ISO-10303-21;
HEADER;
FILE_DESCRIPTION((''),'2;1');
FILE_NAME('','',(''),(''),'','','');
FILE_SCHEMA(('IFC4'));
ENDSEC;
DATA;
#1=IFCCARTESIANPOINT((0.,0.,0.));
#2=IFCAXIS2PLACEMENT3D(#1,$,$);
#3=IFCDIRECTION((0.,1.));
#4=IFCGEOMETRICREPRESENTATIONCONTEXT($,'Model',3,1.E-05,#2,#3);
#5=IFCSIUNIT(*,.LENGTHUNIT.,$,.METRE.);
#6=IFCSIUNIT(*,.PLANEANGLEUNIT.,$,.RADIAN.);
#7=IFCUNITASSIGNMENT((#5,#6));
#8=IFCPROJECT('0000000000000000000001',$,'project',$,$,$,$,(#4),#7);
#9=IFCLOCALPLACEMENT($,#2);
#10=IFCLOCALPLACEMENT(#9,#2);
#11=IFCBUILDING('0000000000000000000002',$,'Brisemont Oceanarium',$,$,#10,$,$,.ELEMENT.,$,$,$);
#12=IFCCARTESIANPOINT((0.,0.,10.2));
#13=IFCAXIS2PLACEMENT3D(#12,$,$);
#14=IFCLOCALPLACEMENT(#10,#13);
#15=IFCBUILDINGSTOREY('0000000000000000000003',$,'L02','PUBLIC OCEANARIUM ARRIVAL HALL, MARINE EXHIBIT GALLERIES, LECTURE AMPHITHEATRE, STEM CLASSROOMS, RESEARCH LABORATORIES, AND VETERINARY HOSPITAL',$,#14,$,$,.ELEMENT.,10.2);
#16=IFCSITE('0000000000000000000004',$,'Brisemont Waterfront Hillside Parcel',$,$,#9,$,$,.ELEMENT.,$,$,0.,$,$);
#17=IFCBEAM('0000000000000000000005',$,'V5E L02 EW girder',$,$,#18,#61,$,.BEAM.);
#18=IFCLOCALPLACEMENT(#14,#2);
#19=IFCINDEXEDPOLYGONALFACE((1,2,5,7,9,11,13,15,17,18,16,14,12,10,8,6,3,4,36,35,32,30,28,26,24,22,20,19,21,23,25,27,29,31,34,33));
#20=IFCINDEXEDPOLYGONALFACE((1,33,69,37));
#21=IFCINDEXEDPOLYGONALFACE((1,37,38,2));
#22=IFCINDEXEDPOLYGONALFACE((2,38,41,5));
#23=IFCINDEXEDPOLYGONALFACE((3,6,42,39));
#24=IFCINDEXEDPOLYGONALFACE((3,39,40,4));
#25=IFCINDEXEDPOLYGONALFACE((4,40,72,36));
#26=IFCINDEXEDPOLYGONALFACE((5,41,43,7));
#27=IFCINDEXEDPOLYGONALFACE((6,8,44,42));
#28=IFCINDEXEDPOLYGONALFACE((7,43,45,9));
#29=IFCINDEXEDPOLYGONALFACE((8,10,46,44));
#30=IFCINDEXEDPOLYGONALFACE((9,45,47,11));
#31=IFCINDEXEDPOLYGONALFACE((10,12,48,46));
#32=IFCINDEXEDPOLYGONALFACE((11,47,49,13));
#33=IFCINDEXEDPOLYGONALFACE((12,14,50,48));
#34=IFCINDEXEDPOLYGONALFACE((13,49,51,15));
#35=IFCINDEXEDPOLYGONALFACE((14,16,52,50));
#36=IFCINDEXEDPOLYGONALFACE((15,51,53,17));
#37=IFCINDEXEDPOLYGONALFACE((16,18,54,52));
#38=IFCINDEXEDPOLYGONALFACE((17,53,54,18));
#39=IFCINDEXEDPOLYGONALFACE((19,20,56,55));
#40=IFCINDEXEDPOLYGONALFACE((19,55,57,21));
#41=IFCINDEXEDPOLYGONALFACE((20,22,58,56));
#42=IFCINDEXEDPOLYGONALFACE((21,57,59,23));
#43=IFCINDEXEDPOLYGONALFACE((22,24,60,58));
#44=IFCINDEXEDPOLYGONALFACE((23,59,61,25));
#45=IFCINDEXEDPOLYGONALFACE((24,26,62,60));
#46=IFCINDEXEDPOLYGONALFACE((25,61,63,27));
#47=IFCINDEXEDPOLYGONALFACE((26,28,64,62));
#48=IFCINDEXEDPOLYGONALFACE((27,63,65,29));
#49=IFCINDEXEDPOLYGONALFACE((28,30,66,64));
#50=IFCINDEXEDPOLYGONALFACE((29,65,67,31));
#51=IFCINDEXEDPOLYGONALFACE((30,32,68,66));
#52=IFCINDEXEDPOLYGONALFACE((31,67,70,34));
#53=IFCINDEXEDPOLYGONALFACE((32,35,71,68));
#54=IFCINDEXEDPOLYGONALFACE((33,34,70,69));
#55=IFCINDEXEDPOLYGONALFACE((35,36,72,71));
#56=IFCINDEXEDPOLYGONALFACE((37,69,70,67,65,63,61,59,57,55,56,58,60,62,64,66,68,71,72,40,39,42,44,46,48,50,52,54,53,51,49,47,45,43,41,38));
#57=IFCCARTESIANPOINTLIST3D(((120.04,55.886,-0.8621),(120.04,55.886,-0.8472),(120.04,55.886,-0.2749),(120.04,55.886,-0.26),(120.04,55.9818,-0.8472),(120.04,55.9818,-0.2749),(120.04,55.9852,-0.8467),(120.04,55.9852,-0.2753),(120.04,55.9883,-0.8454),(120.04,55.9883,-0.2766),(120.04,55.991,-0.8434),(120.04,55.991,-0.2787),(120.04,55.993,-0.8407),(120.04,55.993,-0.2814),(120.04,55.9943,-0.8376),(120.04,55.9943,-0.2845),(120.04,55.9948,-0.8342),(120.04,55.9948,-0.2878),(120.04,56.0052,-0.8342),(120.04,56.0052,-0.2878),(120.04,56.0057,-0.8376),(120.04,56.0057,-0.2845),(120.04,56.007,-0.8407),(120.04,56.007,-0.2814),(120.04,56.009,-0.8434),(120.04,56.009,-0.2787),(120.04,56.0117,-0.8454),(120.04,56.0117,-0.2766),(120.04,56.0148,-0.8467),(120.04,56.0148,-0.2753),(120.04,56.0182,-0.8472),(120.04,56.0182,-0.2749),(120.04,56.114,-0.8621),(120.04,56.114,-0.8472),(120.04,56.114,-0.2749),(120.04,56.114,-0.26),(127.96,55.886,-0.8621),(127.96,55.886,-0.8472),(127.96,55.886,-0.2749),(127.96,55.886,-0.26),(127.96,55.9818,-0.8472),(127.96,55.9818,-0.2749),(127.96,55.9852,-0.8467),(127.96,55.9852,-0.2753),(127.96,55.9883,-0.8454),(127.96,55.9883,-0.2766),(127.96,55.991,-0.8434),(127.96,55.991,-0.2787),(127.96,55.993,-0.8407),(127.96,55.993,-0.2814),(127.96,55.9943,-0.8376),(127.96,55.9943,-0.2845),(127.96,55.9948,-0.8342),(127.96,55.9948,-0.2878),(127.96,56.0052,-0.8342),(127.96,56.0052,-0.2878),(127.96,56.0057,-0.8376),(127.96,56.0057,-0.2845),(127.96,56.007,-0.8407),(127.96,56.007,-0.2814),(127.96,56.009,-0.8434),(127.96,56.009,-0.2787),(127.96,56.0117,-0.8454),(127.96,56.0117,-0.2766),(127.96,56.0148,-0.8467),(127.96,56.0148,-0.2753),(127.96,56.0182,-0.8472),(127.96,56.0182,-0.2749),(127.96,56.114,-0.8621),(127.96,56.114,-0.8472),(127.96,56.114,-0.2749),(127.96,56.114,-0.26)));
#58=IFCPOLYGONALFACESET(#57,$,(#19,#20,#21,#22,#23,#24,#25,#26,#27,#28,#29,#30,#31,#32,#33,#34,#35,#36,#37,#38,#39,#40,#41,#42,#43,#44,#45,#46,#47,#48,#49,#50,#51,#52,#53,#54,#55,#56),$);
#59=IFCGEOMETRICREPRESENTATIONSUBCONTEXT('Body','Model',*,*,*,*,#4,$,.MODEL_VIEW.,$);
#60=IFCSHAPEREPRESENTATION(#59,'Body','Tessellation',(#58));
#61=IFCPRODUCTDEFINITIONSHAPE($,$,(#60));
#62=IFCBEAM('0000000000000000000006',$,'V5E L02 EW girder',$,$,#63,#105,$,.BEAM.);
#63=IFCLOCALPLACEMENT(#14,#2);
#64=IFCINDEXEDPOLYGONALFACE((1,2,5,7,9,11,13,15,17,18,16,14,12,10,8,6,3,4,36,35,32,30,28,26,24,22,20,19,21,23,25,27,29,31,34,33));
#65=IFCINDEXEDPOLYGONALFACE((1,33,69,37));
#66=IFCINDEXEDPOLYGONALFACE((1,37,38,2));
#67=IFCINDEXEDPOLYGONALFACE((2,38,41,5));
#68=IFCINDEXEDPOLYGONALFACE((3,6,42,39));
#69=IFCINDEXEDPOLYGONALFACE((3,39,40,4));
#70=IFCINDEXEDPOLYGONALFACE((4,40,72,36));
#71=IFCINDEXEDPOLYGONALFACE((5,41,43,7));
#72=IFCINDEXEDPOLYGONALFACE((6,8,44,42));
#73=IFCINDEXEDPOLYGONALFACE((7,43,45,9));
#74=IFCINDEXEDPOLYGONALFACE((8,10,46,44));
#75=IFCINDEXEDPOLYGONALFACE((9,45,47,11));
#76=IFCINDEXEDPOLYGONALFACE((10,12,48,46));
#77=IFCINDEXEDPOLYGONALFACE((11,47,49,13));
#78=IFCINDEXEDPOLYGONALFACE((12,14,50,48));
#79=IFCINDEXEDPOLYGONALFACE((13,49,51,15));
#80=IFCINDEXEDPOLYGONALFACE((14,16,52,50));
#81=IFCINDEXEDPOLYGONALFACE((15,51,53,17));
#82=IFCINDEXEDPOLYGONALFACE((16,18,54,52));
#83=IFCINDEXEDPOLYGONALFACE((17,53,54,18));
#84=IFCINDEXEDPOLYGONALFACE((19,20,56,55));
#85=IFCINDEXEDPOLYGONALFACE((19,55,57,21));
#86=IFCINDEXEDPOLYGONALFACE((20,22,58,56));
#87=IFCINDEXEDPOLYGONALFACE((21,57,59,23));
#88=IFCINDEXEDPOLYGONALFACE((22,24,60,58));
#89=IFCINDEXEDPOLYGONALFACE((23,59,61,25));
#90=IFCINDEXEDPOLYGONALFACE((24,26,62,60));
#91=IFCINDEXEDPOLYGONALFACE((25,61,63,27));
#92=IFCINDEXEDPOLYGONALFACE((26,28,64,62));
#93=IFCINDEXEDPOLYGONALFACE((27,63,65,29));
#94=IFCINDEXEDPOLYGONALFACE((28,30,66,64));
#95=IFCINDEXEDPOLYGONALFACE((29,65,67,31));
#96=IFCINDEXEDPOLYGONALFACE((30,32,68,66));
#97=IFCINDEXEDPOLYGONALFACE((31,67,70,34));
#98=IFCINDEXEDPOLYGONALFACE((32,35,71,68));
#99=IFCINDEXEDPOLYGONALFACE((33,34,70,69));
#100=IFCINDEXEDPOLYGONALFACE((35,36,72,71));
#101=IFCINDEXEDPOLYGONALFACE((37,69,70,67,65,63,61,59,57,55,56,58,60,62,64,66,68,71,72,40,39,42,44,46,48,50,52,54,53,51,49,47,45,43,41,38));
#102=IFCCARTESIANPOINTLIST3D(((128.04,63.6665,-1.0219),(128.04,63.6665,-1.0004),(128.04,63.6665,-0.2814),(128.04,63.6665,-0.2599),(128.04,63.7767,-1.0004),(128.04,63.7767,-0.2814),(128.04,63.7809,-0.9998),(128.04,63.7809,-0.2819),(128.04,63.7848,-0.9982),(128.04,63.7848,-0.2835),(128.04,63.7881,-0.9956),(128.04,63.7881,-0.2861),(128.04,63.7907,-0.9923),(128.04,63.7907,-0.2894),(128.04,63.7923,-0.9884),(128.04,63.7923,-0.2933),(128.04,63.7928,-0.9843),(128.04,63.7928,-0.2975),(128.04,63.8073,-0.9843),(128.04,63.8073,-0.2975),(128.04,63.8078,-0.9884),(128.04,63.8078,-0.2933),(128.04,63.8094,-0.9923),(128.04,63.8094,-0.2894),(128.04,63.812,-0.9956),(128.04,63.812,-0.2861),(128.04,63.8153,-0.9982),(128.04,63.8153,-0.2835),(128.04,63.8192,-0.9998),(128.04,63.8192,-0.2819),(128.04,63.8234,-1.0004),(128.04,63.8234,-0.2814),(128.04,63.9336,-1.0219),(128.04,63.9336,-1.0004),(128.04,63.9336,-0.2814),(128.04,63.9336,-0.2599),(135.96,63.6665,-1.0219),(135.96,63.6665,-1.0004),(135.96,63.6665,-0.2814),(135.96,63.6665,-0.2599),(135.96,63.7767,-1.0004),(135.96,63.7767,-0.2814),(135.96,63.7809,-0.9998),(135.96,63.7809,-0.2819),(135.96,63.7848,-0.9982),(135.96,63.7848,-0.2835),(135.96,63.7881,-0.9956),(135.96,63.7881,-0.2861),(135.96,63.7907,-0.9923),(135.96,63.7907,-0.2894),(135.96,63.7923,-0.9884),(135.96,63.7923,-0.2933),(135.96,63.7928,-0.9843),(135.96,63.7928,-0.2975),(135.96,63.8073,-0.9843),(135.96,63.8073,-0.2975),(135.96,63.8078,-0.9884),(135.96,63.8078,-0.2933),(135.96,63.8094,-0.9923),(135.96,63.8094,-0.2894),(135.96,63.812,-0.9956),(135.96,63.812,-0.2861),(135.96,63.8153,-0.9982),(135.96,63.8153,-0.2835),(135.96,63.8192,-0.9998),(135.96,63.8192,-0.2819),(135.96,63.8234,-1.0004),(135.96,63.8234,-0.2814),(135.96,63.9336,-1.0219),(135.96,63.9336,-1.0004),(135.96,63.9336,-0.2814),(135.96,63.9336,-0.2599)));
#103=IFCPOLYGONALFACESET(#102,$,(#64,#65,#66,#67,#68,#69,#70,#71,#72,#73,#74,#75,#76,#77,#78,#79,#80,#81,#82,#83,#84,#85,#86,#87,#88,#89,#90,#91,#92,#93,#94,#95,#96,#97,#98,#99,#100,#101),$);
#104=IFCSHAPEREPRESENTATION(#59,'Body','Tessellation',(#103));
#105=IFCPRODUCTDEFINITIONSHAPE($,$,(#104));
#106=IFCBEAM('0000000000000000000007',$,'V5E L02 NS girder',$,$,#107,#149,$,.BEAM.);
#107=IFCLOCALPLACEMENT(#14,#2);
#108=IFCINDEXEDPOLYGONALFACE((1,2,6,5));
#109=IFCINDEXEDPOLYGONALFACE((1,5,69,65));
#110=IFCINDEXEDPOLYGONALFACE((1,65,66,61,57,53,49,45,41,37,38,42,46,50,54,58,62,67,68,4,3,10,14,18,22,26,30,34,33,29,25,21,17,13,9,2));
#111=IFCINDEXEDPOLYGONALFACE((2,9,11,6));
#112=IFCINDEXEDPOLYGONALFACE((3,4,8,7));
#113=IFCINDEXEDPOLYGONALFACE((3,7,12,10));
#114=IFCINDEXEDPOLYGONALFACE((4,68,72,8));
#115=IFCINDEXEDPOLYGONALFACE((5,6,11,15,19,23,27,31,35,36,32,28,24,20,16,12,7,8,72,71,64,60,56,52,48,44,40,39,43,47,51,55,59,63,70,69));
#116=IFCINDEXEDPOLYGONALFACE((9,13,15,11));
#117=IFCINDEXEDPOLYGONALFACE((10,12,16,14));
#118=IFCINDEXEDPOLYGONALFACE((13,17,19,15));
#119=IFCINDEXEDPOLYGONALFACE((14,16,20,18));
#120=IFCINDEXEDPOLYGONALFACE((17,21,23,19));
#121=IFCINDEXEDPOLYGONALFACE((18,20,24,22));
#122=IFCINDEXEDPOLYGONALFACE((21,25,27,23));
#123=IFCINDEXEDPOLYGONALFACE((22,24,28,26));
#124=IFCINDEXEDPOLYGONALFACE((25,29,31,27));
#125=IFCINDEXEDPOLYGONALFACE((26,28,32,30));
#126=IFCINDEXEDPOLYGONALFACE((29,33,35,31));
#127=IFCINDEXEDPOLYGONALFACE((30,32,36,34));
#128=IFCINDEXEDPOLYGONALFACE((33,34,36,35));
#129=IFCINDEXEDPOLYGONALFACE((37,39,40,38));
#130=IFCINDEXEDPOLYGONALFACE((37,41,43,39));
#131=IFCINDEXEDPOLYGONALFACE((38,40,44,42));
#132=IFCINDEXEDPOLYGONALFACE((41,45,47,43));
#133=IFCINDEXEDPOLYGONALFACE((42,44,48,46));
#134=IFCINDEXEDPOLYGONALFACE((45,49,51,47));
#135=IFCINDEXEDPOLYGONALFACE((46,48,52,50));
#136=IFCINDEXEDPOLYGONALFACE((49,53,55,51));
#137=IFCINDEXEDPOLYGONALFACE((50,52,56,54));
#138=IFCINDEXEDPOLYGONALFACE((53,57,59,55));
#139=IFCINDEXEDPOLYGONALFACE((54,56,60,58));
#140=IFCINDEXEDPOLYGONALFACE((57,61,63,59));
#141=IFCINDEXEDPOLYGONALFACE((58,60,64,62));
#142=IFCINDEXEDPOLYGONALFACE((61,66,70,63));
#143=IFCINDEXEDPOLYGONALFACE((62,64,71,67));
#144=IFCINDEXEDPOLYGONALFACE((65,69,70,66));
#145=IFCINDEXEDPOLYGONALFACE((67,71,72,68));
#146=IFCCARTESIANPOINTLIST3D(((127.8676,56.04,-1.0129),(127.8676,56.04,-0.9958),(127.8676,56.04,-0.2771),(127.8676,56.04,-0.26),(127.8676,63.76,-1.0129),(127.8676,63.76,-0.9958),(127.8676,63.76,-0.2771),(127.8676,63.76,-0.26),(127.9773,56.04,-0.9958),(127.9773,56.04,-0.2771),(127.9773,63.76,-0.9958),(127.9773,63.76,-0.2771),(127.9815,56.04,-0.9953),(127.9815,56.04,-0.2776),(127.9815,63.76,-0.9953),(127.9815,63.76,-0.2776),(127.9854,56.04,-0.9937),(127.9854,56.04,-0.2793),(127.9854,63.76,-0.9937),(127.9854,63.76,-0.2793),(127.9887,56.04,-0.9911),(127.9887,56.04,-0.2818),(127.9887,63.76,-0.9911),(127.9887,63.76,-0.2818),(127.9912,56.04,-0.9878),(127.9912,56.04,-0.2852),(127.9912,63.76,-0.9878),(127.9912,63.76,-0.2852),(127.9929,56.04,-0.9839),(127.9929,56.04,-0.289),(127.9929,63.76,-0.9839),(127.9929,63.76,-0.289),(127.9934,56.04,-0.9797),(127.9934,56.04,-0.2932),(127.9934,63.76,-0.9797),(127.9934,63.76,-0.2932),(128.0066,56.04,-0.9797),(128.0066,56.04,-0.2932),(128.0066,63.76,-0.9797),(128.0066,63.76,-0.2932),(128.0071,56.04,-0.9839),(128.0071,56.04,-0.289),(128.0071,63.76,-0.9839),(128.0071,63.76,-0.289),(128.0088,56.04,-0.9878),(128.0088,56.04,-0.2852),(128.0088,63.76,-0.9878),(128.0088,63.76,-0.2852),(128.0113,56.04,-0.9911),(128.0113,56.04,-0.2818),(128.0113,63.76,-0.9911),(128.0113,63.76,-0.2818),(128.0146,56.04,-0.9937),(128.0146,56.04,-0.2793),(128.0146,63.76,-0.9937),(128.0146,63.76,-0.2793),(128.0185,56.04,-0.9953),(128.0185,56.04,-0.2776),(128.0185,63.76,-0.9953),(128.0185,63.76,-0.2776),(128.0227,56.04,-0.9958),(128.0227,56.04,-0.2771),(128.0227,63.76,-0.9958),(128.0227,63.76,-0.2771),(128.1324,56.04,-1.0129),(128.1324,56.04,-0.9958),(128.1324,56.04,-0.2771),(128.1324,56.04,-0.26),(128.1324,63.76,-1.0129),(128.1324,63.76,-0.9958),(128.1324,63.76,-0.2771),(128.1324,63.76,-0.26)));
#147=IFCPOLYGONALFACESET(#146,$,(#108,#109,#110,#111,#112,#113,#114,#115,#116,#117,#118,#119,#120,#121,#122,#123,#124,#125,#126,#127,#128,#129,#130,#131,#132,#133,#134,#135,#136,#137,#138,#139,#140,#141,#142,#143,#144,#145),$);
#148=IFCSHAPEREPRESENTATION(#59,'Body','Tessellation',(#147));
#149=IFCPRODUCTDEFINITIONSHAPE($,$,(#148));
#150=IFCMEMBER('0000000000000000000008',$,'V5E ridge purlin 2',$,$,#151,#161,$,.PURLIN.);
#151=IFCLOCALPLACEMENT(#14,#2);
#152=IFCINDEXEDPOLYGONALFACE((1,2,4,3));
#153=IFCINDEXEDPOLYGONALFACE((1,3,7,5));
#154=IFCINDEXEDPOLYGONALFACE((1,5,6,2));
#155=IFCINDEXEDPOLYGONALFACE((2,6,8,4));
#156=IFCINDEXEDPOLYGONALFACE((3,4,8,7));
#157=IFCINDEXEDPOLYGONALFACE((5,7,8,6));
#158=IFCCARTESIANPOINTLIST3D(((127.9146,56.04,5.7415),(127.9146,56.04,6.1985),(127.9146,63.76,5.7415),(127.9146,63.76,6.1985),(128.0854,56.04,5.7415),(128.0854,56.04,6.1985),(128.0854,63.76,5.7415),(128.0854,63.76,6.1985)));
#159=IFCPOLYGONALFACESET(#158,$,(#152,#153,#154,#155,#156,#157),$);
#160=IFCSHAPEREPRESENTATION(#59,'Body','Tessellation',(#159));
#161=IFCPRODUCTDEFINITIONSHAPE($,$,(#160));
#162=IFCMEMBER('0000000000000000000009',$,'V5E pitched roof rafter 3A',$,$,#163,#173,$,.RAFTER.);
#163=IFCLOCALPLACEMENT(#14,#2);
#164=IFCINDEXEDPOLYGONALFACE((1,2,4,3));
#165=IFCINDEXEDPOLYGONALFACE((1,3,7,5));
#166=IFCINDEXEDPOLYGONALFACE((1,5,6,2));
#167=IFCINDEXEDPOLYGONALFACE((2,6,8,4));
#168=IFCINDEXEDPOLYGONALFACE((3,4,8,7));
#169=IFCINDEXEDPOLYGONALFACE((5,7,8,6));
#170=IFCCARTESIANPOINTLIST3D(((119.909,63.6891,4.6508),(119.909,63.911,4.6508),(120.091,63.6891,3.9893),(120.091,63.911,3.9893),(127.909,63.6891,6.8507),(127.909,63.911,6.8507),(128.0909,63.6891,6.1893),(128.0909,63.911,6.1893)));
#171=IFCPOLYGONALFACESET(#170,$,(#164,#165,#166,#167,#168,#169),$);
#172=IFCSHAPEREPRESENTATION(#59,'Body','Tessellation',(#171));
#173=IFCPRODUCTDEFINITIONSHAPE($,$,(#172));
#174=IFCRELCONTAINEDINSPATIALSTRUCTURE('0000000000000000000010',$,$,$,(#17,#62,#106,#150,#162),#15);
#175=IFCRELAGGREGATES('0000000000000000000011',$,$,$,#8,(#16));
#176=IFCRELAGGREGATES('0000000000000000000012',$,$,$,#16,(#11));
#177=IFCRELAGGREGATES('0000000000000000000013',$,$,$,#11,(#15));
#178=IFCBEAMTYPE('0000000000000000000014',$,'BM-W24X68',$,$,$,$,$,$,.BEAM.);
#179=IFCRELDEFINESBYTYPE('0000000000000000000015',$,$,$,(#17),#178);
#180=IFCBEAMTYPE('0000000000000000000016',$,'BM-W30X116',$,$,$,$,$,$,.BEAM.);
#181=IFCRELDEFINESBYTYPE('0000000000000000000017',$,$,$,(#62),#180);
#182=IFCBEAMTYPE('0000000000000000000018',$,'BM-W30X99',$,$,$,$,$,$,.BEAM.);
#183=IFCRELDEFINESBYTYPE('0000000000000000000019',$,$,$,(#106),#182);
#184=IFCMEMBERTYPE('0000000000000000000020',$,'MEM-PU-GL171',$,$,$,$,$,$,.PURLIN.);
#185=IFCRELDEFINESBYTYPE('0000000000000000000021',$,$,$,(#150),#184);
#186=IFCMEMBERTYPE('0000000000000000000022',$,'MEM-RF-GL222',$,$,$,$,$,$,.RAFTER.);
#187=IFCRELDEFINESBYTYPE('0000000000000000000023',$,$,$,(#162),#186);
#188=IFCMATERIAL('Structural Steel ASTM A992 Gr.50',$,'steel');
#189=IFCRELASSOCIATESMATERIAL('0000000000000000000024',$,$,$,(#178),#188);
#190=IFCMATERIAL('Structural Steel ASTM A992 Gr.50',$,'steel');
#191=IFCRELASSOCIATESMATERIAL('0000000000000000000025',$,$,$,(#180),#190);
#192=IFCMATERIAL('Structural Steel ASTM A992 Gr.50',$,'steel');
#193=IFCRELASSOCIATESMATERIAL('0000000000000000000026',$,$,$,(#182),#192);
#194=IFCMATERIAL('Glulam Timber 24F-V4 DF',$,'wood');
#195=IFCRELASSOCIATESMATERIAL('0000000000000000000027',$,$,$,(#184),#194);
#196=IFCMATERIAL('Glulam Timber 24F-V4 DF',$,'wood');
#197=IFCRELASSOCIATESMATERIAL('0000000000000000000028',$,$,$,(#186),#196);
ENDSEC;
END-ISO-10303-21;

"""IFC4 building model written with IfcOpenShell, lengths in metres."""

from ifc_helpers import new_model, si_unit, direction, frame, origin, origin_2d, place, context, subcontext, project, spatial, rectangle, i_section, extrude, material, material_profile, profile_set, type_object, element, save


model = new_model("IFC4")

# Units and contexts
model_context = context("Model", 3, precision=1e-05, world=origin(), true_north=direction((0.0, 1.0)))
body_context = subcontext(model_context, "Body", "Model", "MODEL_VIEW")
ifc_project = project(units=[si_unit("LENGTHUNIT", "METRE"), si_unit("PLANEANGLEUNIT", "RADIAN")], contexts=[model_context])

# Site, building, storey
site_placement = place(None, origin())
site = spatial("IfcSite", under=ifc_project, at=site_placement, Name="Brisemont Waterfront Hillside Parcel", CompositionType="ELEMENT", RefElevation=0.0)
building_placement = place(site_placement, origin())
building = spatial("IfcBuilding", under=site, at=building_placement, Name="Brisemont Oceanarium", CompositionType="ELEMENT")
storey_placement = place(building_placement, frame((0.0, 0.0, 10.2)))
storey = spatial("IfcBuildingStorey", under=building, at=storey_placement, Name="L02", Description="PUBLIC OCEANARIUM ARRIVAL HALL, MARINE EXHIBIT GALLERIES, LECTURE AMPHITHEATRE, STEM CLASSROOMS, RESEARCH LABORATORIES, AND VETERINARY HOSPITAL", CompositionType="ELEMENT", Elevation=10.2)

# Beams
ifc_material_1 = material(Name="Structural Steel ASTM A992 Gr.50", Category="steel")
ifc_material_profile_1 = material_profile(ifc_material_1, i_section(OverallWidth=0.228, OverallDepth=0.6021, WebThickness=0.0105, FlangeThickness=0.0149, FilletRadius=0.0129, at=origin_2d()), Name="W24X68")
ifc_profile_set_1 = profile_set([ifc_material_profile_1], Name="Structural Steel ASTM A992 Gr.50")
beam_type_1 = type_object("IfcBeamType", Name="BM-W24X68", PredefinedType="BEAM", material=ifc_profile_set_1)
beam_1_placement = place(storey_placement, frame((120.04, 56.0, -0.561), z_axis=(1.0, 0.0, 0.0), x_axis=(0.0, 1.0, 0.0)))
element("IfcBeam", 1, at=beam_1_placement, inside=storey, type_object=beam_type_1, Name="V5E L02 EW girder", PredefinedType="BEAM", context=body_context, shape_type="SweptSolid", body=[
    extrude(i_section(OverallWidth=0.228, OverallDepth=0.6021, WebThickness=0.0105, FlangeThickness=0.0149, FilletRadius=0.0129, at=origin_2d()), origin(), (0.0, 0.0, 1.0), 7.9199),
])
ifc_material_2 = material(Name="Structural Steel ASTM A992 Gr.50", Category="steel")
ifc_material_profile_2 = material_profile(ifc_material_2, i_section(OverallWidth=0.2671, OverallDepth=0.762, WebThickness=0.0144, FlangeThickness=0.0215, FilletRadius=0.0161, at=origin_2d()), Name="W30X116")
ifc_profile_set_2 = profile_set([ifc_material_profile_2], Name="Structural Steel ASTM A992 Gr.50")
beam_type_2 = type_object("IfcBeamType", Name="BM-W30X116", PredefinedType="BEAM", material=ifc_profile_set_2)
beam_2_placement = place(storey_placement, frame((128.04, 63.8, -0.6409), z_axis=(1.0, 0.0, 0.0), x_axis=(0.0, 1.0, 0.0)))
element("IfcBeam", 2, at=beam_2_placement, inside=storey, type_object=beam_type_2, Name="V5E L02 EW girder", PredefinedType="BEAM", context=body_context, shape_type="SweptSolid", body=[
    extrude(i_section(OverallWidth=0.2671, OverallDepth=0.762, WebThickness=0.0144, FlangeThickness=0.0215, FilletRadius=0.0161, at=origin_2d()), origin(), (0.0, 0.0, 1.0), 7.9199),
])
ifc_material_3 = material(Name="Structural Steel ASTM A992 Gr.50", Category="steel")
ifc_material_profile_3 = material_profile(ifc_material_3, i_section(OverallWidth=0.2649, OverallDepth=0.7529, WebThickness=0.0132, FlangeThickness=0.0171, FilletRadius=0.0161, at=origin_2d()), Name="W30X99")
ifc_profile_set_3 = profile_set([ifc_material_profile_3], Name="Structural Steel ASTM A992 Gr.50")
beam_type_3 = type_object("IfcBeamType", Name="BM-W30X99", PredefinedType="BEAM", material=ifc_profile_set_3)
beam_3_placement = place(storey_placement, frame((128.0, 56.04, -0.6365), z_axis=(0.0, 1.0, 0.0), x_axis=(-1.0, 0.0, 0.0)))
element("IfcBeam", 3, at=beam_3_placement, inside=storey, type_object=beam_type_3, Name="V5E L02 NS girder", PredefinedType="BEAM", context=body_context, shape_type="SweptSolid", body=[
    extrude(i_section(OverallWidth=0.2649, OverallDepth=0.7529, WebThickness=0.0132, FlangeThickness=0.0171, FilletRadius=0.0161, at=origin_2d()), origin(), (0.0, 0.0, 1.0), 7.72),
])

# Members
ifc_material_4 = material(Name="Glulam Timber 24F-V4 DF", Category="wood")
ifc_material_profile_4 = material_profile(ifc_material_4, rectangle(XDim=0.1709, YDim=0.457, at=origin_2d()), Name="GL-171X457")
ifc_profile_set_4 = profile_set([ifc_material_profile_4], Name="Glulam Timber 24F-V4 DF")
member_type_1 = type_object("IfcMemberType", Name="MEM-PU-GL171", PredefinedType="PURLIN", material=ifc_profile_set_4)
member_1_placement = place(storey_placement, frame((128.0, 56.04, 5.97), z_axis=(0.0, 1.0, 0.0), x_axis=(-1.0, 0.0, 0.0)))
element("IfcMember", 4, at=member_1_placement, inside=storey, type_object=member_type_1, Name="V5E ridge purlin 2", PredefinedType="PURLIN", context=body_context, shape_type="SweptSolid", body=[
    extrude(rectangle(XDim=0.1709, YDim=0.457, at=origin_2d()), origin(), (0.0, 0.0, 1.0), 7.72),
])
ifc_material_5 = material(Name="Glulam Timber 24F-V4 DF", Category="wood")
ifc_material_profile_5 = material_profile(ifc_material_5, rectangle(XDim=0.2219, YDim=0.686, at=origin_2d()), Name="GL-222X686")
ifc_profile_set_5 = profile_set([ifc_material_profile_5], Name="Glulam Timber 24F-V4 DF")
member_type_2 = type_object("IfcMemberType", Name="MEM-RF-GL222", PredefinedType="RAFTER", material=ifc_profile_set_5)
member_2_placement = place(storey_placement, frame((120.0, 63.8, 4.3201), z_axis=(0.964207, 0.0, 0.265151), x_axis=(0.0, 1.0, 0.0)))
element("IfcMember", 5, at=member_2_placement, inside=storey, type_object=member_type_2, Name="V5E pitched roof rafter 3A", PredefinedType="RAFTER", context=body_context, shape_type="SweptSolid", body=[
    extrude(rectangle(XDim=0.2219, YDim=0.686, at=origin_2d()), origin(), (0.0, 0.0, 1.0), 8.2969),
])

save(model, "model.ifc")
